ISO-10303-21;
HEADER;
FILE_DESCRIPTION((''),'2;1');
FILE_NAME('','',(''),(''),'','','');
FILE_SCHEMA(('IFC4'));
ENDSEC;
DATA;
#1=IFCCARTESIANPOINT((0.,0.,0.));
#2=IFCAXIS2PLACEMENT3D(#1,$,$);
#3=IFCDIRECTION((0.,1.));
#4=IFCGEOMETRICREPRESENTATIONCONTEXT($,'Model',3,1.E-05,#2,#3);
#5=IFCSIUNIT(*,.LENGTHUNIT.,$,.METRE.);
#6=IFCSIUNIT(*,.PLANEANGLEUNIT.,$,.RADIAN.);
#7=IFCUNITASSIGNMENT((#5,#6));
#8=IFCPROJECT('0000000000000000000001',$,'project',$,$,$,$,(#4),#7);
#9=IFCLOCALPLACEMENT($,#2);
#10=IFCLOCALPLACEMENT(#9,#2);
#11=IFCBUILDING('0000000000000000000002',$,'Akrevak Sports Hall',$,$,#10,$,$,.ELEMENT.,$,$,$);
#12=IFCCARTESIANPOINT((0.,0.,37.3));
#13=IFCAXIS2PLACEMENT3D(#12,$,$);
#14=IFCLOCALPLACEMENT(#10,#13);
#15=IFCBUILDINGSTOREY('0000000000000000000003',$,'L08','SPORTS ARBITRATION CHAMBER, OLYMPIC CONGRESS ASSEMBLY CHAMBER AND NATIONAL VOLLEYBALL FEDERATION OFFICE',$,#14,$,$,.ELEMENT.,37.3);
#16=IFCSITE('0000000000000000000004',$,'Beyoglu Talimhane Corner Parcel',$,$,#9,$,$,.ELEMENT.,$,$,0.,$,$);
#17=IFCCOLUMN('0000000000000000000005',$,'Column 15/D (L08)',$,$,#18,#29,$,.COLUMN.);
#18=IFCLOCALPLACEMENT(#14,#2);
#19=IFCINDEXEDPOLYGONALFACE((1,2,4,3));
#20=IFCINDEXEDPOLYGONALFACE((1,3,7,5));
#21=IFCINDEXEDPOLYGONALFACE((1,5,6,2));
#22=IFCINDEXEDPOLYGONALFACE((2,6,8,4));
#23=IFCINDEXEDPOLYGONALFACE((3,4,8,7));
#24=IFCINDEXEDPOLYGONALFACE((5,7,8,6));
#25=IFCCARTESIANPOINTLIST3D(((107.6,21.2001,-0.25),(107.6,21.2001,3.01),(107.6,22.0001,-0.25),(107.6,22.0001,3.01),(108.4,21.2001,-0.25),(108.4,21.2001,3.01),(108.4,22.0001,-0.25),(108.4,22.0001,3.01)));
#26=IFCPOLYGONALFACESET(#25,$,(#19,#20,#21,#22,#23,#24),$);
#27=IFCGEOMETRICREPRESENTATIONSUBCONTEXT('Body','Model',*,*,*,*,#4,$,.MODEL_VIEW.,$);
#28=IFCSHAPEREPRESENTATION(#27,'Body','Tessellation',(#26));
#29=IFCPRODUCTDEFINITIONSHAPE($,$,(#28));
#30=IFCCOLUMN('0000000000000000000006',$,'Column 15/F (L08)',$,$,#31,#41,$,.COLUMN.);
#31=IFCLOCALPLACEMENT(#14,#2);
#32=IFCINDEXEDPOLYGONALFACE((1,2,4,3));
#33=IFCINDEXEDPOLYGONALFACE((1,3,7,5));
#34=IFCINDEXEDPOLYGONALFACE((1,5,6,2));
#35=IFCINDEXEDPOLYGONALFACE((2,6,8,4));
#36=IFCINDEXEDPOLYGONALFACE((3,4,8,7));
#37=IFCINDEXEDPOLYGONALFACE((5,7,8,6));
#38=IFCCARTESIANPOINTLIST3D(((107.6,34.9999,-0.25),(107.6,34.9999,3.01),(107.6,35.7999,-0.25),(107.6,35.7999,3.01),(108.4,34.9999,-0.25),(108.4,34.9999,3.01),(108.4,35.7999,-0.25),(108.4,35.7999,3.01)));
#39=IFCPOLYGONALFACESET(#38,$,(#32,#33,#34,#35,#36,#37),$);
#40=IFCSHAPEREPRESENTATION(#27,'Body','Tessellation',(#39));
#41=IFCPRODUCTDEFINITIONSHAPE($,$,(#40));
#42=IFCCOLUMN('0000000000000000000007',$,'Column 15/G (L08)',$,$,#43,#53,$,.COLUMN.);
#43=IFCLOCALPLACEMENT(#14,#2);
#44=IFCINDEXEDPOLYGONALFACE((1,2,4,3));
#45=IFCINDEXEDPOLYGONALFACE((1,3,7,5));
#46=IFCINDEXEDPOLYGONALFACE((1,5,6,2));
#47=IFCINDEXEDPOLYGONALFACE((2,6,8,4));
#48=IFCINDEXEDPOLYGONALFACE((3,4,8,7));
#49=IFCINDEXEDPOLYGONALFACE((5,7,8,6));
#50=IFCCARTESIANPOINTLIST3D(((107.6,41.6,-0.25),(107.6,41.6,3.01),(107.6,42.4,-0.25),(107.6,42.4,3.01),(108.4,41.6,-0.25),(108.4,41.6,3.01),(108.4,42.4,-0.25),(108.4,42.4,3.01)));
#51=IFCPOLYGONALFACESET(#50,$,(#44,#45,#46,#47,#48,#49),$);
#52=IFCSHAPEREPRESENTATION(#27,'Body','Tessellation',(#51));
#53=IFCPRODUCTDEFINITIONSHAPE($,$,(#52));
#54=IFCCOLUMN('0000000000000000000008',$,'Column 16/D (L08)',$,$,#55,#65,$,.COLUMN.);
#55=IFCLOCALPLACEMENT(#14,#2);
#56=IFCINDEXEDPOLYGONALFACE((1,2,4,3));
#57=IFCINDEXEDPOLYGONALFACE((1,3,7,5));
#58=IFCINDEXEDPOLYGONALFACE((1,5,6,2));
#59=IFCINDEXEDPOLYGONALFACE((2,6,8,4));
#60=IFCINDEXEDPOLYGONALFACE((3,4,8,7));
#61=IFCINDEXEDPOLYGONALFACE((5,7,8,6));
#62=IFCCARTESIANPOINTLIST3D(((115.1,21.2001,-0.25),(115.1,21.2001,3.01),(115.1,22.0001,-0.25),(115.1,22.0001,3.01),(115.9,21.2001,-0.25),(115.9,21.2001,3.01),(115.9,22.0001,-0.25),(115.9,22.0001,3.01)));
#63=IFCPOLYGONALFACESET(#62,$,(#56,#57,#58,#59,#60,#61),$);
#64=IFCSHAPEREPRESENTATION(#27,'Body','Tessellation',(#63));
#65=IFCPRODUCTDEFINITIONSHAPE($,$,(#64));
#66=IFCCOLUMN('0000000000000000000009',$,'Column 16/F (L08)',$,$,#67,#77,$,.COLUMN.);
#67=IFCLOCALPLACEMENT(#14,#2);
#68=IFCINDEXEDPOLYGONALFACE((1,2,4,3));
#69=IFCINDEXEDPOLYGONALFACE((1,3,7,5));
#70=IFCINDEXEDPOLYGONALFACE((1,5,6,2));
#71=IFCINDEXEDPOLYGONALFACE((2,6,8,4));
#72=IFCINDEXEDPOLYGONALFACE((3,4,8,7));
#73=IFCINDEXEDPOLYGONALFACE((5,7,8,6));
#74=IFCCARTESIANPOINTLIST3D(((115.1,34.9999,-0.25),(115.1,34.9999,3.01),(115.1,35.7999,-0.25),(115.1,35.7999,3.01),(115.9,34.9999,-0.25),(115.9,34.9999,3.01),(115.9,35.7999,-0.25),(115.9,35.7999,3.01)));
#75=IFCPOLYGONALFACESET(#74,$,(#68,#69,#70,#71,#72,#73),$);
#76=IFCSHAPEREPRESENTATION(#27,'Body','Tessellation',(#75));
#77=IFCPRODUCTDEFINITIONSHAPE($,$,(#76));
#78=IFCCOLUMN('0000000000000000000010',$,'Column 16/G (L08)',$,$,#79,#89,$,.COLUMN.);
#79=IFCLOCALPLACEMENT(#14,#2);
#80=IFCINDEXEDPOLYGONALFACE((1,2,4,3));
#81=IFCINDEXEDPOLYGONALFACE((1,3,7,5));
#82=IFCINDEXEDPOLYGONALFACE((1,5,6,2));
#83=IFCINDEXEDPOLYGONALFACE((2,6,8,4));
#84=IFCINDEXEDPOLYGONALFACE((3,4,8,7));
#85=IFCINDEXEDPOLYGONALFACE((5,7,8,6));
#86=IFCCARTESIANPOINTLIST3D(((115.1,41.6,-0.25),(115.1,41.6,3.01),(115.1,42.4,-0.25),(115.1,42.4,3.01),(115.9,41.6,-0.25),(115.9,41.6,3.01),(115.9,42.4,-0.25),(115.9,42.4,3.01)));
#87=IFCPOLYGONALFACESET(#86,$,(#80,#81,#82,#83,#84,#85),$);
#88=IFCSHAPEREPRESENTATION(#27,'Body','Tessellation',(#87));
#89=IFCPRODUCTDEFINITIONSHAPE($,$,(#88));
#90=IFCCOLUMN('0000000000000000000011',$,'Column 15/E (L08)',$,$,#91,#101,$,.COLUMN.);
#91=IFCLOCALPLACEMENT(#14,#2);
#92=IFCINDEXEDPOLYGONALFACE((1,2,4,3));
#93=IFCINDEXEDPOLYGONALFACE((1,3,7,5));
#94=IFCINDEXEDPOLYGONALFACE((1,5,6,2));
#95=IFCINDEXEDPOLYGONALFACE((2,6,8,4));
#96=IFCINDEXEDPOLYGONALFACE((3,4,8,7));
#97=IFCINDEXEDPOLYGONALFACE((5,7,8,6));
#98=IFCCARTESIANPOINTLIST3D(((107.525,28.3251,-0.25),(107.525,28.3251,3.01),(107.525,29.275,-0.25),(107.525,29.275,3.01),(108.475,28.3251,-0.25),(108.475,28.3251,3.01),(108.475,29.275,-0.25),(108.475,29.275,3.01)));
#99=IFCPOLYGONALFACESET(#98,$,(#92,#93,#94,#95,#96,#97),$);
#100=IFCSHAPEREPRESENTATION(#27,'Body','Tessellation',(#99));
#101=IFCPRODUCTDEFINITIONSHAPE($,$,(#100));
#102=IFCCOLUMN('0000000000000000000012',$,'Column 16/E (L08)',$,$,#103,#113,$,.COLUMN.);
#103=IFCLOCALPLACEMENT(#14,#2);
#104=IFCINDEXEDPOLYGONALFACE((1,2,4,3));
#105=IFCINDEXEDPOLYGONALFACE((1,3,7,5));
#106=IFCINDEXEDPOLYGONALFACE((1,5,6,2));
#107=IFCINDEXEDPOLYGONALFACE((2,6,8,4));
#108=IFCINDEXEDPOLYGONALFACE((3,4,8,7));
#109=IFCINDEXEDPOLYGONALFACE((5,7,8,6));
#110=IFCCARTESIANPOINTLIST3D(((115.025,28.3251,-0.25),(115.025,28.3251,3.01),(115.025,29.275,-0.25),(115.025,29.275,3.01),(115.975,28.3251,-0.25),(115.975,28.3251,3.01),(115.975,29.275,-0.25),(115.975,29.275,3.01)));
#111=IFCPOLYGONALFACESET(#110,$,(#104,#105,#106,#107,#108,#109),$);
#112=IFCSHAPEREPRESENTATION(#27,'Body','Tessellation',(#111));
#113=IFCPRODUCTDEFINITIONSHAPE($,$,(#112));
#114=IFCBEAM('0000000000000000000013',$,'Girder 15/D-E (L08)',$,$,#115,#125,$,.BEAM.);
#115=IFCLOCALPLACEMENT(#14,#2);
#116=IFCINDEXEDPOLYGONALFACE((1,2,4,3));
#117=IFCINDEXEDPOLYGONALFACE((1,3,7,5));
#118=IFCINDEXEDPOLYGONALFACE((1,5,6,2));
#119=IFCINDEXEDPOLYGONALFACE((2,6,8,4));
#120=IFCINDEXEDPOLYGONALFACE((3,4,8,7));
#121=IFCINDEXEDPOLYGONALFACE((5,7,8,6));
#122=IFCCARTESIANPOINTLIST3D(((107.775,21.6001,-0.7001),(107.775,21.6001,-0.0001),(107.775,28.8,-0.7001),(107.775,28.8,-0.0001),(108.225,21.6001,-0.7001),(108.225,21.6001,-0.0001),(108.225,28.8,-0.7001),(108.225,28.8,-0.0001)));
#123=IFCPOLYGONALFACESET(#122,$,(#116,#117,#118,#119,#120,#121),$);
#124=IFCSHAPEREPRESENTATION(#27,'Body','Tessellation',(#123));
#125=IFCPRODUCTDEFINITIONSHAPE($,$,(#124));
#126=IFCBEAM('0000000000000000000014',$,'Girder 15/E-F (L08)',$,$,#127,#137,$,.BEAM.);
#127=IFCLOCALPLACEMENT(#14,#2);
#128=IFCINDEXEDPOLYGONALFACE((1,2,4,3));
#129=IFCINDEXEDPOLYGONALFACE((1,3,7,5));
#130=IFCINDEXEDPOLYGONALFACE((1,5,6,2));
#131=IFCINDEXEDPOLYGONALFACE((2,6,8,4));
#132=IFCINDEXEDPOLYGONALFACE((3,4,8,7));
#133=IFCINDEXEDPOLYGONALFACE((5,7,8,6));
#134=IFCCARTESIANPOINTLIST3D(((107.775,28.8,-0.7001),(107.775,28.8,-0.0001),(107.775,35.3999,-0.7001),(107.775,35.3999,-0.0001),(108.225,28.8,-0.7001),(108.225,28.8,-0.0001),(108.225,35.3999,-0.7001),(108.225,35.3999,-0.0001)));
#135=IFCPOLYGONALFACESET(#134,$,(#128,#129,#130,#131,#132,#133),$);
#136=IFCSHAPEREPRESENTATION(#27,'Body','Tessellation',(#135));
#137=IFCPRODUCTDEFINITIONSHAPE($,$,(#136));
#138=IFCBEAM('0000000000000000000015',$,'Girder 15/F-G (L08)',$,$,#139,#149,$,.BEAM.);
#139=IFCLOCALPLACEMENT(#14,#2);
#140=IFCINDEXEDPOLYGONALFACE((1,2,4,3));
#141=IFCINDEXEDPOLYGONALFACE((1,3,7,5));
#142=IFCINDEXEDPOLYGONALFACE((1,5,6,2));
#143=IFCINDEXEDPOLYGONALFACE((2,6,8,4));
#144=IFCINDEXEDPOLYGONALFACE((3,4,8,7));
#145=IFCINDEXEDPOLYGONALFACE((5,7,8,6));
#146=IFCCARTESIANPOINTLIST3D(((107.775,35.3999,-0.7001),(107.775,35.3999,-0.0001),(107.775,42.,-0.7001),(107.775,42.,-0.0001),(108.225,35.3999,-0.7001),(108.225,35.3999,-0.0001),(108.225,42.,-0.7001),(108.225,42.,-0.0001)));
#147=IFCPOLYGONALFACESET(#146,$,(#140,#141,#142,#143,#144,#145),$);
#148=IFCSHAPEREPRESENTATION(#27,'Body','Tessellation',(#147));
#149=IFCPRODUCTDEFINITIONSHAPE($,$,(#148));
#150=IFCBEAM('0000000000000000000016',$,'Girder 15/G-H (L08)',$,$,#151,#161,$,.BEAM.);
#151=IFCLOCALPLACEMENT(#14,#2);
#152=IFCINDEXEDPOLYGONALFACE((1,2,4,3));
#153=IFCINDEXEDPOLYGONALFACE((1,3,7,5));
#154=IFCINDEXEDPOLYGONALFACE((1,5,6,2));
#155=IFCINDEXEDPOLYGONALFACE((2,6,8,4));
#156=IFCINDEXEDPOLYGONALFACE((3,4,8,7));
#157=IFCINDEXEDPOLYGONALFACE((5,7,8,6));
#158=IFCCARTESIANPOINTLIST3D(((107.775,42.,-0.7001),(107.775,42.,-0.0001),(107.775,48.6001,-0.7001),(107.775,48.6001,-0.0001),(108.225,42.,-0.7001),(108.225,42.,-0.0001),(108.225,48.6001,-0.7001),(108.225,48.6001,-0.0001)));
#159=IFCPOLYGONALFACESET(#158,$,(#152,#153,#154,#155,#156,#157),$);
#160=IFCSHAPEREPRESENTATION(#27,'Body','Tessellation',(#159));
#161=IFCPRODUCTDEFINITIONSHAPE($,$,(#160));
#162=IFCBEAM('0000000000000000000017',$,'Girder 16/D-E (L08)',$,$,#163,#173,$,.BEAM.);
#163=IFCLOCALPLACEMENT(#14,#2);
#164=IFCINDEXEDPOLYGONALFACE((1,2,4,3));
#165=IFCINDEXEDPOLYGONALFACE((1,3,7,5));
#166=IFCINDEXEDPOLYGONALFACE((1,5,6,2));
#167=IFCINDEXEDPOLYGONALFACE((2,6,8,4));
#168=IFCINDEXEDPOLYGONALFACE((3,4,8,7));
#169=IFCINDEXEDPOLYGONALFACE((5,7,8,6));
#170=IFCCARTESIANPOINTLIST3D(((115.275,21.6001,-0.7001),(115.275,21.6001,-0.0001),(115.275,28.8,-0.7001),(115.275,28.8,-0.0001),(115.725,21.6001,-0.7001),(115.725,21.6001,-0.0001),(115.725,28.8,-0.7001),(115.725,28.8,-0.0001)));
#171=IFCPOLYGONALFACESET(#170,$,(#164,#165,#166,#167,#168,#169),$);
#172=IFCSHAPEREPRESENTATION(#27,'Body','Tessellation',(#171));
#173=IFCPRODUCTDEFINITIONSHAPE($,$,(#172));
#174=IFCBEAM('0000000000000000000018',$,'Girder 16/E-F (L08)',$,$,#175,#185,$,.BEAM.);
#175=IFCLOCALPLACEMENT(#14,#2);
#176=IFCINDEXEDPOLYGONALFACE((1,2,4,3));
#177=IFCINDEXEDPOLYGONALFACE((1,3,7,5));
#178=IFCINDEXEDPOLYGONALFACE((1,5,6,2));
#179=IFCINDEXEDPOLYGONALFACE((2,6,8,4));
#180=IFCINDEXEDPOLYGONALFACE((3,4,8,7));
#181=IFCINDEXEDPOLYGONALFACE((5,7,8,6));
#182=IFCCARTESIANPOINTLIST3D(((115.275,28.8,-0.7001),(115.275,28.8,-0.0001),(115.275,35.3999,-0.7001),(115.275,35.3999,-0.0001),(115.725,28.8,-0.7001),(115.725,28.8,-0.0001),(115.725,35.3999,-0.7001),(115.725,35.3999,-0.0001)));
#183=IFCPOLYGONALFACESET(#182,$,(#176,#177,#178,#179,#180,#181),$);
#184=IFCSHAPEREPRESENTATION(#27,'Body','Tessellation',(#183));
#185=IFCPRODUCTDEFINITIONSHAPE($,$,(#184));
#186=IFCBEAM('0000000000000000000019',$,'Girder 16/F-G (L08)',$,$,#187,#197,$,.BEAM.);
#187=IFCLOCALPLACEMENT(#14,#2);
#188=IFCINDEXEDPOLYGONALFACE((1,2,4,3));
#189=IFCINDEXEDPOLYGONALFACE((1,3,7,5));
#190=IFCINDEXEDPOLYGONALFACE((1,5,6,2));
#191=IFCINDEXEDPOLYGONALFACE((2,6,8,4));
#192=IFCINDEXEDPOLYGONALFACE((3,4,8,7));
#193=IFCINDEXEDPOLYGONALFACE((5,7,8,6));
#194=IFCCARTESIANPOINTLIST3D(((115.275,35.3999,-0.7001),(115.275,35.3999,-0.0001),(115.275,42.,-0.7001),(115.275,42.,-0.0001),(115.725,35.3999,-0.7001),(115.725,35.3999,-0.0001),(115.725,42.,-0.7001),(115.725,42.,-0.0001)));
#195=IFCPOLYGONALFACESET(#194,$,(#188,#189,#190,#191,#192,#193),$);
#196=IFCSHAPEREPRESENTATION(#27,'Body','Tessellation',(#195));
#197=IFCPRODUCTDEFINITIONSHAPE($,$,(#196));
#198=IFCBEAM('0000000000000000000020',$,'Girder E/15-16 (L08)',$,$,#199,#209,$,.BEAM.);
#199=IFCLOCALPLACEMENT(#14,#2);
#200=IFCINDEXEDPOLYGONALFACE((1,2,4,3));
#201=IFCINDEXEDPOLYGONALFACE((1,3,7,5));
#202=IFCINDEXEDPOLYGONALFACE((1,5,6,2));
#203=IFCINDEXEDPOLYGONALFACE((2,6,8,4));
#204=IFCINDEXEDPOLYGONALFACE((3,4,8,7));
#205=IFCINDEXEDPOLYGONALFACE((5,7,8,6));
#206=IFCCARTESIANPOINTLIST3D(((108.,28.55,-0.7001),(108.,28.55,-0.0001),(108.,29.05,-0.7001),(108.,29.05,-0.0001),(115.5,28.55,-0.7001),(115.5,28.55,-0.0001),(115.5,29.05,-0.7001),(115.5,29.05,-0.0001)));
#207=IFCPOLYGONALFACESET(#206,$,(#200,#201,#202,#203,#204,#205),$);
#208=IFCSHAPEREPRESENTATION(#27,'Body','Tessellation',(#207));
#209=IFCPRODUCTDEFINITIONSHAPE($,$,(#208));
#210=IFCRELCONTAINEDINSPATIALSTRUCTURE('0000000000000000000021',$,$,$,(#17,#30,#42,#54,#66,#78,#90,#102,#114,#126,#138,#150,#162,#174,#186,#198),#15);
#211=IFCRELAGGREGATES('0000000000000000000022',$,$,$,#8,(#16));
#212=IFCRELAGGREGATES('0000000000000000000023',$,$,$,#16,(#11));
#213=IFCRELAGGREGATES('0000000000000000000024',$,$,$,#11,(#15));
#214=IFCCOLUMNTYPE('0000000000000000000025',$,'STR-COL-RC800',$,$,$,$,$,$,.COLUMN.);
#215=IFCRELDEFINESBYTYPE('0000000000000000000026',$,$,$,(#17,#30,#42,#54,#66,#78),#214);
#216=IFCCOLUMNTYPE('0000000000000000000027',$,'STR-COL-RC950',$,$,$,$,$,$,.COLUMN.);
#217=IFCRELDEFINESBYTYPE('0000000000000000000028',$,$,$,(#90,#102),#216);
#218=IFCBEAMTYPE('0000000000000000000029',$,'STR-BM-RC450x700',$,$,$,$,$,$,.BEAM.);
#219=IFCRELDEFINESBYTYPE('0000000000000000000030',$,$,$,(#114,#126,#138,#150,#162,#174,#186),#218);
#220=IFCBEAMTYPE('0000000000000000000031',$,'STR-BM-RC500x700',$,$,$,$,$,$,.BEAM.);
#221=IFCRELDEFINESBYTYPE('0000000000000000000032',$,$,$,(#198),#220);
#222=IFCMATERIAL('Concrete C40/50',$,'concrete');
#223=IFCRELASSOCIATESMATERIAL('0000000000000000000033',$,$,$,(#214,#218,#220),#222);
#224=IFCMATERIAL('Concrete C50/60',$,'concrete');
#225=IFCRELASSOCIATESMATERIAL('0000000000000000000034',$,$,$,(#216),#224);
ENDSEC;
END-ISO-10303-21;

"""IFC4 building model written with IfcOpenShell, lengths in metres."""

from ifc_helpers import new_model, si_unit, direction, frame, origin, origin_2d, place, context, subcontext, project, spatial, rectangle, extrude, material, material_profile, profile_set, type_object, element, save


model = new_model("IFC4")

# Units and contexts
model_context = context("Model", 3, precision=1e-05, world=origin(), true_north=direction((0.0, 1.0)))
body_context = subcontext(model_context, "Body", "Model", "MODEL_VIEW")
ifc_project = project(units=[si_unit("LENGTHUNIT", "METRE"), si_unit("PLANEANGLEUNIT", "RADIAN")], contexts=[model_context])

# Site, building, storey
site_placement = place(None, origin())
site = spatial("IfcSite", under=ifc_project, at=site_placement, Name="Beyoglu Talimhane Corner Parcel", CompositionType="ELEMENT", RefElevation=0.0)
building_placement = place(site_placement, origin())
building = spatial("IfcBuilding", under=site, at=building_placement, Name="Akrevak Sports Hall", CompositionType="ELEMENT")
storey_placement = place(building_placement, frame((0.0, 0.0, 37.3)))
storey = spatial("IfcBuildingStorey", under=building, at=storey_placement, Name="L08", Description="SPORTS ARBITRATION CHAMBER, OLYMPIC CONGRESS ASSEMBLY CHAMBER AND NATIONAL VOLLEYBALL FEDERATION OFFICE", CompositionType="ELEMENT", Elevation=37.3)

# Columns
ifc_material_1 = material(Name="Concrete C40/50", Category="concrete")
ifc_material_profile_1 = material_profile(ifc_material_1, rectangle(XDim=0.8, YDim=0.8, at=origin_2d()), Name="RC 800x800", Category="concrete")
ifc_profile_set_1 = profile_set([ifc_material_profile_1], Name="Concrete C40/50")
column_type_1 = type_object("IfcColumnType", Name="STR-COL-RC800", PredefinedType="COLUMN", material=ifc_profile_set_1)
for number, where, z_axis, x_axis, name in (
    (1, (108.0, 21.6001, -0.25), (0.0, 0.0, 1.0), (1.0, 0.0, 0.0), "Column 15/D (L08)"),
    (2, (108.0, 35.3999, -0.25), (0.0, 0.0, 1.0), (1.0, 0.0, 0.0), "Column 15/F (L08)"),
    (3, (108.0, 42.0, -0.25), (0.0, 0.0, 1.0), (1.0, 0.0, 0.0), "Column 15/G (L08)"),
    (4, (115.5, 21.6001, -0.25), (0.0, 0.0, 1.0), (1.0, 0.0, 0.0), "Column 16/D (L08)"),
    (5, (115.5, 35.3999, -0.25), (0.0, 0.0, 1.0), (1.0, 0.0, 0.0), "Column 16/F (L08)"),
    (6, (115.5, 42.0, -0.25), (0.0, 0.0, 1.0), (1.0, 0.0, 0.0), "Column 16/G (L08)"),
):
    element("IfcColumn", number, at=place(storey_placement, frame(where, z_axis=z_axis, x_axis=x_axis)), inside=storey, type_object=column_type_1, Name=name, PredefinedType="COLUMN", context=body_context, shape_type="SweptSolid", body=[
        extrude(rectangle(XDim=0.8, YDim=0.8, at=origin_2d()), origin(), (0.0, 0.0, 1.0), 3.26),
    ])
ifc_material_2 = material(Name="Concrete C50/60", Category="concrete")
ifc_material_profile_2 = material_profile(ifc_material_2, rectangle(XDim=0.95, YDim=0.95, at=origin_2d()), Name="RC 950x950", Category="concrete")
ifc_profile_set_2 = profile_set([ifc_material_profile_2], Name="Concrete C50/60")
column_type_2 = type_object("IfcColumnType", Name="STR-COL-RC950", PredefinedType="COLUMN", material=ifc_profile_set_2)
for number, where, z_axis, x_axis, name in (
    (7, (108.0, 28.8, -0.25), (0.0, 0.0, 1.0), (1.0, 0.0, 0.0), "Column 15/E (L08)"),
    (8, (115.5, 28.8, -0.25), (0.0, 0.0, 1.0), (1.0, 0.0, 0.0), "Column 16/E (L08)"),
):
    element("IfcColumn", number, at=place(storey_placement, frame(where, z_axis=z_axis, x_axis=x_axis)), inside=storey, type_object=column_type_2, Name=name, PredefinedType="COLUMN", context=body_context, shape_type="SweptSolid", body=[
        extrude(rectangle(XDim=0.95, YDim=0.95, at=origin_2d()), origin(), (0.0, 0.0, 1.0), 3.26),
    ])

# Beams
ifc_material_profile_3 = material_profile(ifc_material_1, rectangle(XDim=0.45, YDim=0.7, at=origin_2d()), Name="BM 450x700", Category="concrete")
ifc_profile_set_3 = profile_set([ifc_material_profile_3], Name="Concrete C40/50")
beam_type_1 = type_object("IfcBeamType", Name="STR-BM-RC450x700", PredefinedType="BEAM", material=ifc_profile_set_3)
beam_1_placement = place(storey_placement, frame((108.0, 21.6001, -0.3501), z_axis=(0.0, 1.0, 0.0), x_axis=(-1.0, 0.0, 0.0)))
element("IfcBeam", 9, at=beam_1_placement, inside=storey, type_object=beam_type_1, Name="Girder 15/D-E (L08)", PredefinedType="BEAM", context=body_context, shape_type="SweptSolid", body=[
    extrude(rectangle(XDim=0.45, YDim=0.7, at=origin_2d()), origin(), (0.0, 0.0, 1.0), 7.2),
])
beam_2_placement = place(storey_placement, frame((108.0, 28.8, -0.3501), z_axis=(0.0, 1.0, 0.0), x_axis=(-1.0, 0.0, 0.0)))
element("IfcBeam", 10, at=beam_2_placement, inside=storey, type_object=beam_type_1, Name="Girder 15/E-F (L08)", PredefinedType="BEAM", context=body_context, shape_type="SweptSolid", body=[
    extrude(rectangle(XDim=0.45, YDim=0.7, at=origin_2d()), origin(), (0.0, 0.0, 1.0), 6.5999),
])
for number, where, z_axis, x_axis, name in (
    (11, (108.0, 35.3999, -0.3501), (0.0, 1.0, 0.0), (-1.0, 0.0, 0.0), "Girder 15/F-G (L08)"),
    (12, (108.0, 42.0, -0.3501), (0.0, 1.0, 0.0), (-1.0, 0.0, 0.0), "Girder 15/G-H (L08)"),
):
    element("IfcBeam", number, at=place(storey_placement, frame(where, z_axis=z_axis, x_axis=x_axis)), inside=storey, type_object=beam_type_1, Name=name, PredefinedType="BEAM", context=body_context, shape_type="SweptSolid", body=[
        extrude(rectangle(XDim=0.45, YDim=0.7, at=origin_2d()), origin(), (0.0, 0.0, 1.0), 6.6001),
    ])
beam_3_placement = place(storey_placement, frame((115.5, 21.6001, -0.3501), z_axis=(0.0, 1.0, 0.0), x_axis=(-1.0, 0.0, 0.0)))
element("IfcBeam", 13, at=beam_3_placement, inside=storey, type_object=beam_type_1, Name="Girder 16/D-E (L08)", PredefinedType="BEAM", context=body_context, shape_type="SweptSolid", body=[
    extrude(rectangle(XDim=0.45, YDim=0.7, at=origin_2d()), origin(), (0.0, 0.0, 1.0), 7.2),
])
beam_4_placement = place(storey_placement, frame((115.5, 28.8, -0.3501), z_axis=(0.0, 1.0, 0.0), x_axis=(-1.0, 0.0, 0.0)))
element("IfcBeam", 14, at=beam_4_placement, inside=storey, type_object=beam_type_1, Name="Girder 16/E-F (L08)", PredefinedType="BEAM", context=body_context, shape_type="SweptSolid", body=[
    extrude(rectangle(XDim=0.45, YDim=0.7, at=origin_2d()), origin(), (0.0, 0.0, 1.0), 6.5999),
])
beam_5_placement = place(storey_placement, frame((115.5, 35.3999, -0.3501), z_axis=(0.0, 1.0, 0.0), x_axis=(-1.0, 0.0, 0.0)))
element("IfcBeam", 15, at=beam_5_placement, inside=storey, type_object=beam_type_1, Name="Girder 16/F-G (L08)", PredefinedType="BEAM", context=body_context, shape_type="SweptSolid", body=[
    extrude(rectangle(XDim=0.45, YDim=0.7, at=origin_2d()), origin(), (0.0, 0.0, 1.0), 6.6001),
])
ifc_material_profile_4 = material_profile(ifc_material_1, rectangle(XDim=0.5, YDim=0.7, at=origin_2d()), Name="BM 500x700", Category="concrete")
ifc_profile_set_4 = profile_set([ifc_material_profile_4], Name="Concrete C40/50")
beam_type_2 = type_object("IfcBeamType", Name="STR-BM-RC500x700", PredefinedType="BEAM", material=ifc_profile_set_4)
for number, where, z_axis, x_axis, name in (
    (16, (108.0, 28.8, -0.3501), (1.0, 0.0, 0.0), (0.0, 1.0, 0.0), "Girder E/15-16 (L08)"),
):
    element("IfcBeam", number, at=place(storey_placement, frame(where, z_axis=z_axis, x_axis=x_axis)), inside=storey, type_object=beam_type_2, Name=name, PredefinedType="BEAM", context=body_context, shape_type="SweptSolid", body=[
        extrude(rectangle(XDim=0.5, YDim=0.7, at=origin_2d()), origin(), (0.0, 0.0, 1.0), 7.5),
    ])

save(model, "model.ifc")
